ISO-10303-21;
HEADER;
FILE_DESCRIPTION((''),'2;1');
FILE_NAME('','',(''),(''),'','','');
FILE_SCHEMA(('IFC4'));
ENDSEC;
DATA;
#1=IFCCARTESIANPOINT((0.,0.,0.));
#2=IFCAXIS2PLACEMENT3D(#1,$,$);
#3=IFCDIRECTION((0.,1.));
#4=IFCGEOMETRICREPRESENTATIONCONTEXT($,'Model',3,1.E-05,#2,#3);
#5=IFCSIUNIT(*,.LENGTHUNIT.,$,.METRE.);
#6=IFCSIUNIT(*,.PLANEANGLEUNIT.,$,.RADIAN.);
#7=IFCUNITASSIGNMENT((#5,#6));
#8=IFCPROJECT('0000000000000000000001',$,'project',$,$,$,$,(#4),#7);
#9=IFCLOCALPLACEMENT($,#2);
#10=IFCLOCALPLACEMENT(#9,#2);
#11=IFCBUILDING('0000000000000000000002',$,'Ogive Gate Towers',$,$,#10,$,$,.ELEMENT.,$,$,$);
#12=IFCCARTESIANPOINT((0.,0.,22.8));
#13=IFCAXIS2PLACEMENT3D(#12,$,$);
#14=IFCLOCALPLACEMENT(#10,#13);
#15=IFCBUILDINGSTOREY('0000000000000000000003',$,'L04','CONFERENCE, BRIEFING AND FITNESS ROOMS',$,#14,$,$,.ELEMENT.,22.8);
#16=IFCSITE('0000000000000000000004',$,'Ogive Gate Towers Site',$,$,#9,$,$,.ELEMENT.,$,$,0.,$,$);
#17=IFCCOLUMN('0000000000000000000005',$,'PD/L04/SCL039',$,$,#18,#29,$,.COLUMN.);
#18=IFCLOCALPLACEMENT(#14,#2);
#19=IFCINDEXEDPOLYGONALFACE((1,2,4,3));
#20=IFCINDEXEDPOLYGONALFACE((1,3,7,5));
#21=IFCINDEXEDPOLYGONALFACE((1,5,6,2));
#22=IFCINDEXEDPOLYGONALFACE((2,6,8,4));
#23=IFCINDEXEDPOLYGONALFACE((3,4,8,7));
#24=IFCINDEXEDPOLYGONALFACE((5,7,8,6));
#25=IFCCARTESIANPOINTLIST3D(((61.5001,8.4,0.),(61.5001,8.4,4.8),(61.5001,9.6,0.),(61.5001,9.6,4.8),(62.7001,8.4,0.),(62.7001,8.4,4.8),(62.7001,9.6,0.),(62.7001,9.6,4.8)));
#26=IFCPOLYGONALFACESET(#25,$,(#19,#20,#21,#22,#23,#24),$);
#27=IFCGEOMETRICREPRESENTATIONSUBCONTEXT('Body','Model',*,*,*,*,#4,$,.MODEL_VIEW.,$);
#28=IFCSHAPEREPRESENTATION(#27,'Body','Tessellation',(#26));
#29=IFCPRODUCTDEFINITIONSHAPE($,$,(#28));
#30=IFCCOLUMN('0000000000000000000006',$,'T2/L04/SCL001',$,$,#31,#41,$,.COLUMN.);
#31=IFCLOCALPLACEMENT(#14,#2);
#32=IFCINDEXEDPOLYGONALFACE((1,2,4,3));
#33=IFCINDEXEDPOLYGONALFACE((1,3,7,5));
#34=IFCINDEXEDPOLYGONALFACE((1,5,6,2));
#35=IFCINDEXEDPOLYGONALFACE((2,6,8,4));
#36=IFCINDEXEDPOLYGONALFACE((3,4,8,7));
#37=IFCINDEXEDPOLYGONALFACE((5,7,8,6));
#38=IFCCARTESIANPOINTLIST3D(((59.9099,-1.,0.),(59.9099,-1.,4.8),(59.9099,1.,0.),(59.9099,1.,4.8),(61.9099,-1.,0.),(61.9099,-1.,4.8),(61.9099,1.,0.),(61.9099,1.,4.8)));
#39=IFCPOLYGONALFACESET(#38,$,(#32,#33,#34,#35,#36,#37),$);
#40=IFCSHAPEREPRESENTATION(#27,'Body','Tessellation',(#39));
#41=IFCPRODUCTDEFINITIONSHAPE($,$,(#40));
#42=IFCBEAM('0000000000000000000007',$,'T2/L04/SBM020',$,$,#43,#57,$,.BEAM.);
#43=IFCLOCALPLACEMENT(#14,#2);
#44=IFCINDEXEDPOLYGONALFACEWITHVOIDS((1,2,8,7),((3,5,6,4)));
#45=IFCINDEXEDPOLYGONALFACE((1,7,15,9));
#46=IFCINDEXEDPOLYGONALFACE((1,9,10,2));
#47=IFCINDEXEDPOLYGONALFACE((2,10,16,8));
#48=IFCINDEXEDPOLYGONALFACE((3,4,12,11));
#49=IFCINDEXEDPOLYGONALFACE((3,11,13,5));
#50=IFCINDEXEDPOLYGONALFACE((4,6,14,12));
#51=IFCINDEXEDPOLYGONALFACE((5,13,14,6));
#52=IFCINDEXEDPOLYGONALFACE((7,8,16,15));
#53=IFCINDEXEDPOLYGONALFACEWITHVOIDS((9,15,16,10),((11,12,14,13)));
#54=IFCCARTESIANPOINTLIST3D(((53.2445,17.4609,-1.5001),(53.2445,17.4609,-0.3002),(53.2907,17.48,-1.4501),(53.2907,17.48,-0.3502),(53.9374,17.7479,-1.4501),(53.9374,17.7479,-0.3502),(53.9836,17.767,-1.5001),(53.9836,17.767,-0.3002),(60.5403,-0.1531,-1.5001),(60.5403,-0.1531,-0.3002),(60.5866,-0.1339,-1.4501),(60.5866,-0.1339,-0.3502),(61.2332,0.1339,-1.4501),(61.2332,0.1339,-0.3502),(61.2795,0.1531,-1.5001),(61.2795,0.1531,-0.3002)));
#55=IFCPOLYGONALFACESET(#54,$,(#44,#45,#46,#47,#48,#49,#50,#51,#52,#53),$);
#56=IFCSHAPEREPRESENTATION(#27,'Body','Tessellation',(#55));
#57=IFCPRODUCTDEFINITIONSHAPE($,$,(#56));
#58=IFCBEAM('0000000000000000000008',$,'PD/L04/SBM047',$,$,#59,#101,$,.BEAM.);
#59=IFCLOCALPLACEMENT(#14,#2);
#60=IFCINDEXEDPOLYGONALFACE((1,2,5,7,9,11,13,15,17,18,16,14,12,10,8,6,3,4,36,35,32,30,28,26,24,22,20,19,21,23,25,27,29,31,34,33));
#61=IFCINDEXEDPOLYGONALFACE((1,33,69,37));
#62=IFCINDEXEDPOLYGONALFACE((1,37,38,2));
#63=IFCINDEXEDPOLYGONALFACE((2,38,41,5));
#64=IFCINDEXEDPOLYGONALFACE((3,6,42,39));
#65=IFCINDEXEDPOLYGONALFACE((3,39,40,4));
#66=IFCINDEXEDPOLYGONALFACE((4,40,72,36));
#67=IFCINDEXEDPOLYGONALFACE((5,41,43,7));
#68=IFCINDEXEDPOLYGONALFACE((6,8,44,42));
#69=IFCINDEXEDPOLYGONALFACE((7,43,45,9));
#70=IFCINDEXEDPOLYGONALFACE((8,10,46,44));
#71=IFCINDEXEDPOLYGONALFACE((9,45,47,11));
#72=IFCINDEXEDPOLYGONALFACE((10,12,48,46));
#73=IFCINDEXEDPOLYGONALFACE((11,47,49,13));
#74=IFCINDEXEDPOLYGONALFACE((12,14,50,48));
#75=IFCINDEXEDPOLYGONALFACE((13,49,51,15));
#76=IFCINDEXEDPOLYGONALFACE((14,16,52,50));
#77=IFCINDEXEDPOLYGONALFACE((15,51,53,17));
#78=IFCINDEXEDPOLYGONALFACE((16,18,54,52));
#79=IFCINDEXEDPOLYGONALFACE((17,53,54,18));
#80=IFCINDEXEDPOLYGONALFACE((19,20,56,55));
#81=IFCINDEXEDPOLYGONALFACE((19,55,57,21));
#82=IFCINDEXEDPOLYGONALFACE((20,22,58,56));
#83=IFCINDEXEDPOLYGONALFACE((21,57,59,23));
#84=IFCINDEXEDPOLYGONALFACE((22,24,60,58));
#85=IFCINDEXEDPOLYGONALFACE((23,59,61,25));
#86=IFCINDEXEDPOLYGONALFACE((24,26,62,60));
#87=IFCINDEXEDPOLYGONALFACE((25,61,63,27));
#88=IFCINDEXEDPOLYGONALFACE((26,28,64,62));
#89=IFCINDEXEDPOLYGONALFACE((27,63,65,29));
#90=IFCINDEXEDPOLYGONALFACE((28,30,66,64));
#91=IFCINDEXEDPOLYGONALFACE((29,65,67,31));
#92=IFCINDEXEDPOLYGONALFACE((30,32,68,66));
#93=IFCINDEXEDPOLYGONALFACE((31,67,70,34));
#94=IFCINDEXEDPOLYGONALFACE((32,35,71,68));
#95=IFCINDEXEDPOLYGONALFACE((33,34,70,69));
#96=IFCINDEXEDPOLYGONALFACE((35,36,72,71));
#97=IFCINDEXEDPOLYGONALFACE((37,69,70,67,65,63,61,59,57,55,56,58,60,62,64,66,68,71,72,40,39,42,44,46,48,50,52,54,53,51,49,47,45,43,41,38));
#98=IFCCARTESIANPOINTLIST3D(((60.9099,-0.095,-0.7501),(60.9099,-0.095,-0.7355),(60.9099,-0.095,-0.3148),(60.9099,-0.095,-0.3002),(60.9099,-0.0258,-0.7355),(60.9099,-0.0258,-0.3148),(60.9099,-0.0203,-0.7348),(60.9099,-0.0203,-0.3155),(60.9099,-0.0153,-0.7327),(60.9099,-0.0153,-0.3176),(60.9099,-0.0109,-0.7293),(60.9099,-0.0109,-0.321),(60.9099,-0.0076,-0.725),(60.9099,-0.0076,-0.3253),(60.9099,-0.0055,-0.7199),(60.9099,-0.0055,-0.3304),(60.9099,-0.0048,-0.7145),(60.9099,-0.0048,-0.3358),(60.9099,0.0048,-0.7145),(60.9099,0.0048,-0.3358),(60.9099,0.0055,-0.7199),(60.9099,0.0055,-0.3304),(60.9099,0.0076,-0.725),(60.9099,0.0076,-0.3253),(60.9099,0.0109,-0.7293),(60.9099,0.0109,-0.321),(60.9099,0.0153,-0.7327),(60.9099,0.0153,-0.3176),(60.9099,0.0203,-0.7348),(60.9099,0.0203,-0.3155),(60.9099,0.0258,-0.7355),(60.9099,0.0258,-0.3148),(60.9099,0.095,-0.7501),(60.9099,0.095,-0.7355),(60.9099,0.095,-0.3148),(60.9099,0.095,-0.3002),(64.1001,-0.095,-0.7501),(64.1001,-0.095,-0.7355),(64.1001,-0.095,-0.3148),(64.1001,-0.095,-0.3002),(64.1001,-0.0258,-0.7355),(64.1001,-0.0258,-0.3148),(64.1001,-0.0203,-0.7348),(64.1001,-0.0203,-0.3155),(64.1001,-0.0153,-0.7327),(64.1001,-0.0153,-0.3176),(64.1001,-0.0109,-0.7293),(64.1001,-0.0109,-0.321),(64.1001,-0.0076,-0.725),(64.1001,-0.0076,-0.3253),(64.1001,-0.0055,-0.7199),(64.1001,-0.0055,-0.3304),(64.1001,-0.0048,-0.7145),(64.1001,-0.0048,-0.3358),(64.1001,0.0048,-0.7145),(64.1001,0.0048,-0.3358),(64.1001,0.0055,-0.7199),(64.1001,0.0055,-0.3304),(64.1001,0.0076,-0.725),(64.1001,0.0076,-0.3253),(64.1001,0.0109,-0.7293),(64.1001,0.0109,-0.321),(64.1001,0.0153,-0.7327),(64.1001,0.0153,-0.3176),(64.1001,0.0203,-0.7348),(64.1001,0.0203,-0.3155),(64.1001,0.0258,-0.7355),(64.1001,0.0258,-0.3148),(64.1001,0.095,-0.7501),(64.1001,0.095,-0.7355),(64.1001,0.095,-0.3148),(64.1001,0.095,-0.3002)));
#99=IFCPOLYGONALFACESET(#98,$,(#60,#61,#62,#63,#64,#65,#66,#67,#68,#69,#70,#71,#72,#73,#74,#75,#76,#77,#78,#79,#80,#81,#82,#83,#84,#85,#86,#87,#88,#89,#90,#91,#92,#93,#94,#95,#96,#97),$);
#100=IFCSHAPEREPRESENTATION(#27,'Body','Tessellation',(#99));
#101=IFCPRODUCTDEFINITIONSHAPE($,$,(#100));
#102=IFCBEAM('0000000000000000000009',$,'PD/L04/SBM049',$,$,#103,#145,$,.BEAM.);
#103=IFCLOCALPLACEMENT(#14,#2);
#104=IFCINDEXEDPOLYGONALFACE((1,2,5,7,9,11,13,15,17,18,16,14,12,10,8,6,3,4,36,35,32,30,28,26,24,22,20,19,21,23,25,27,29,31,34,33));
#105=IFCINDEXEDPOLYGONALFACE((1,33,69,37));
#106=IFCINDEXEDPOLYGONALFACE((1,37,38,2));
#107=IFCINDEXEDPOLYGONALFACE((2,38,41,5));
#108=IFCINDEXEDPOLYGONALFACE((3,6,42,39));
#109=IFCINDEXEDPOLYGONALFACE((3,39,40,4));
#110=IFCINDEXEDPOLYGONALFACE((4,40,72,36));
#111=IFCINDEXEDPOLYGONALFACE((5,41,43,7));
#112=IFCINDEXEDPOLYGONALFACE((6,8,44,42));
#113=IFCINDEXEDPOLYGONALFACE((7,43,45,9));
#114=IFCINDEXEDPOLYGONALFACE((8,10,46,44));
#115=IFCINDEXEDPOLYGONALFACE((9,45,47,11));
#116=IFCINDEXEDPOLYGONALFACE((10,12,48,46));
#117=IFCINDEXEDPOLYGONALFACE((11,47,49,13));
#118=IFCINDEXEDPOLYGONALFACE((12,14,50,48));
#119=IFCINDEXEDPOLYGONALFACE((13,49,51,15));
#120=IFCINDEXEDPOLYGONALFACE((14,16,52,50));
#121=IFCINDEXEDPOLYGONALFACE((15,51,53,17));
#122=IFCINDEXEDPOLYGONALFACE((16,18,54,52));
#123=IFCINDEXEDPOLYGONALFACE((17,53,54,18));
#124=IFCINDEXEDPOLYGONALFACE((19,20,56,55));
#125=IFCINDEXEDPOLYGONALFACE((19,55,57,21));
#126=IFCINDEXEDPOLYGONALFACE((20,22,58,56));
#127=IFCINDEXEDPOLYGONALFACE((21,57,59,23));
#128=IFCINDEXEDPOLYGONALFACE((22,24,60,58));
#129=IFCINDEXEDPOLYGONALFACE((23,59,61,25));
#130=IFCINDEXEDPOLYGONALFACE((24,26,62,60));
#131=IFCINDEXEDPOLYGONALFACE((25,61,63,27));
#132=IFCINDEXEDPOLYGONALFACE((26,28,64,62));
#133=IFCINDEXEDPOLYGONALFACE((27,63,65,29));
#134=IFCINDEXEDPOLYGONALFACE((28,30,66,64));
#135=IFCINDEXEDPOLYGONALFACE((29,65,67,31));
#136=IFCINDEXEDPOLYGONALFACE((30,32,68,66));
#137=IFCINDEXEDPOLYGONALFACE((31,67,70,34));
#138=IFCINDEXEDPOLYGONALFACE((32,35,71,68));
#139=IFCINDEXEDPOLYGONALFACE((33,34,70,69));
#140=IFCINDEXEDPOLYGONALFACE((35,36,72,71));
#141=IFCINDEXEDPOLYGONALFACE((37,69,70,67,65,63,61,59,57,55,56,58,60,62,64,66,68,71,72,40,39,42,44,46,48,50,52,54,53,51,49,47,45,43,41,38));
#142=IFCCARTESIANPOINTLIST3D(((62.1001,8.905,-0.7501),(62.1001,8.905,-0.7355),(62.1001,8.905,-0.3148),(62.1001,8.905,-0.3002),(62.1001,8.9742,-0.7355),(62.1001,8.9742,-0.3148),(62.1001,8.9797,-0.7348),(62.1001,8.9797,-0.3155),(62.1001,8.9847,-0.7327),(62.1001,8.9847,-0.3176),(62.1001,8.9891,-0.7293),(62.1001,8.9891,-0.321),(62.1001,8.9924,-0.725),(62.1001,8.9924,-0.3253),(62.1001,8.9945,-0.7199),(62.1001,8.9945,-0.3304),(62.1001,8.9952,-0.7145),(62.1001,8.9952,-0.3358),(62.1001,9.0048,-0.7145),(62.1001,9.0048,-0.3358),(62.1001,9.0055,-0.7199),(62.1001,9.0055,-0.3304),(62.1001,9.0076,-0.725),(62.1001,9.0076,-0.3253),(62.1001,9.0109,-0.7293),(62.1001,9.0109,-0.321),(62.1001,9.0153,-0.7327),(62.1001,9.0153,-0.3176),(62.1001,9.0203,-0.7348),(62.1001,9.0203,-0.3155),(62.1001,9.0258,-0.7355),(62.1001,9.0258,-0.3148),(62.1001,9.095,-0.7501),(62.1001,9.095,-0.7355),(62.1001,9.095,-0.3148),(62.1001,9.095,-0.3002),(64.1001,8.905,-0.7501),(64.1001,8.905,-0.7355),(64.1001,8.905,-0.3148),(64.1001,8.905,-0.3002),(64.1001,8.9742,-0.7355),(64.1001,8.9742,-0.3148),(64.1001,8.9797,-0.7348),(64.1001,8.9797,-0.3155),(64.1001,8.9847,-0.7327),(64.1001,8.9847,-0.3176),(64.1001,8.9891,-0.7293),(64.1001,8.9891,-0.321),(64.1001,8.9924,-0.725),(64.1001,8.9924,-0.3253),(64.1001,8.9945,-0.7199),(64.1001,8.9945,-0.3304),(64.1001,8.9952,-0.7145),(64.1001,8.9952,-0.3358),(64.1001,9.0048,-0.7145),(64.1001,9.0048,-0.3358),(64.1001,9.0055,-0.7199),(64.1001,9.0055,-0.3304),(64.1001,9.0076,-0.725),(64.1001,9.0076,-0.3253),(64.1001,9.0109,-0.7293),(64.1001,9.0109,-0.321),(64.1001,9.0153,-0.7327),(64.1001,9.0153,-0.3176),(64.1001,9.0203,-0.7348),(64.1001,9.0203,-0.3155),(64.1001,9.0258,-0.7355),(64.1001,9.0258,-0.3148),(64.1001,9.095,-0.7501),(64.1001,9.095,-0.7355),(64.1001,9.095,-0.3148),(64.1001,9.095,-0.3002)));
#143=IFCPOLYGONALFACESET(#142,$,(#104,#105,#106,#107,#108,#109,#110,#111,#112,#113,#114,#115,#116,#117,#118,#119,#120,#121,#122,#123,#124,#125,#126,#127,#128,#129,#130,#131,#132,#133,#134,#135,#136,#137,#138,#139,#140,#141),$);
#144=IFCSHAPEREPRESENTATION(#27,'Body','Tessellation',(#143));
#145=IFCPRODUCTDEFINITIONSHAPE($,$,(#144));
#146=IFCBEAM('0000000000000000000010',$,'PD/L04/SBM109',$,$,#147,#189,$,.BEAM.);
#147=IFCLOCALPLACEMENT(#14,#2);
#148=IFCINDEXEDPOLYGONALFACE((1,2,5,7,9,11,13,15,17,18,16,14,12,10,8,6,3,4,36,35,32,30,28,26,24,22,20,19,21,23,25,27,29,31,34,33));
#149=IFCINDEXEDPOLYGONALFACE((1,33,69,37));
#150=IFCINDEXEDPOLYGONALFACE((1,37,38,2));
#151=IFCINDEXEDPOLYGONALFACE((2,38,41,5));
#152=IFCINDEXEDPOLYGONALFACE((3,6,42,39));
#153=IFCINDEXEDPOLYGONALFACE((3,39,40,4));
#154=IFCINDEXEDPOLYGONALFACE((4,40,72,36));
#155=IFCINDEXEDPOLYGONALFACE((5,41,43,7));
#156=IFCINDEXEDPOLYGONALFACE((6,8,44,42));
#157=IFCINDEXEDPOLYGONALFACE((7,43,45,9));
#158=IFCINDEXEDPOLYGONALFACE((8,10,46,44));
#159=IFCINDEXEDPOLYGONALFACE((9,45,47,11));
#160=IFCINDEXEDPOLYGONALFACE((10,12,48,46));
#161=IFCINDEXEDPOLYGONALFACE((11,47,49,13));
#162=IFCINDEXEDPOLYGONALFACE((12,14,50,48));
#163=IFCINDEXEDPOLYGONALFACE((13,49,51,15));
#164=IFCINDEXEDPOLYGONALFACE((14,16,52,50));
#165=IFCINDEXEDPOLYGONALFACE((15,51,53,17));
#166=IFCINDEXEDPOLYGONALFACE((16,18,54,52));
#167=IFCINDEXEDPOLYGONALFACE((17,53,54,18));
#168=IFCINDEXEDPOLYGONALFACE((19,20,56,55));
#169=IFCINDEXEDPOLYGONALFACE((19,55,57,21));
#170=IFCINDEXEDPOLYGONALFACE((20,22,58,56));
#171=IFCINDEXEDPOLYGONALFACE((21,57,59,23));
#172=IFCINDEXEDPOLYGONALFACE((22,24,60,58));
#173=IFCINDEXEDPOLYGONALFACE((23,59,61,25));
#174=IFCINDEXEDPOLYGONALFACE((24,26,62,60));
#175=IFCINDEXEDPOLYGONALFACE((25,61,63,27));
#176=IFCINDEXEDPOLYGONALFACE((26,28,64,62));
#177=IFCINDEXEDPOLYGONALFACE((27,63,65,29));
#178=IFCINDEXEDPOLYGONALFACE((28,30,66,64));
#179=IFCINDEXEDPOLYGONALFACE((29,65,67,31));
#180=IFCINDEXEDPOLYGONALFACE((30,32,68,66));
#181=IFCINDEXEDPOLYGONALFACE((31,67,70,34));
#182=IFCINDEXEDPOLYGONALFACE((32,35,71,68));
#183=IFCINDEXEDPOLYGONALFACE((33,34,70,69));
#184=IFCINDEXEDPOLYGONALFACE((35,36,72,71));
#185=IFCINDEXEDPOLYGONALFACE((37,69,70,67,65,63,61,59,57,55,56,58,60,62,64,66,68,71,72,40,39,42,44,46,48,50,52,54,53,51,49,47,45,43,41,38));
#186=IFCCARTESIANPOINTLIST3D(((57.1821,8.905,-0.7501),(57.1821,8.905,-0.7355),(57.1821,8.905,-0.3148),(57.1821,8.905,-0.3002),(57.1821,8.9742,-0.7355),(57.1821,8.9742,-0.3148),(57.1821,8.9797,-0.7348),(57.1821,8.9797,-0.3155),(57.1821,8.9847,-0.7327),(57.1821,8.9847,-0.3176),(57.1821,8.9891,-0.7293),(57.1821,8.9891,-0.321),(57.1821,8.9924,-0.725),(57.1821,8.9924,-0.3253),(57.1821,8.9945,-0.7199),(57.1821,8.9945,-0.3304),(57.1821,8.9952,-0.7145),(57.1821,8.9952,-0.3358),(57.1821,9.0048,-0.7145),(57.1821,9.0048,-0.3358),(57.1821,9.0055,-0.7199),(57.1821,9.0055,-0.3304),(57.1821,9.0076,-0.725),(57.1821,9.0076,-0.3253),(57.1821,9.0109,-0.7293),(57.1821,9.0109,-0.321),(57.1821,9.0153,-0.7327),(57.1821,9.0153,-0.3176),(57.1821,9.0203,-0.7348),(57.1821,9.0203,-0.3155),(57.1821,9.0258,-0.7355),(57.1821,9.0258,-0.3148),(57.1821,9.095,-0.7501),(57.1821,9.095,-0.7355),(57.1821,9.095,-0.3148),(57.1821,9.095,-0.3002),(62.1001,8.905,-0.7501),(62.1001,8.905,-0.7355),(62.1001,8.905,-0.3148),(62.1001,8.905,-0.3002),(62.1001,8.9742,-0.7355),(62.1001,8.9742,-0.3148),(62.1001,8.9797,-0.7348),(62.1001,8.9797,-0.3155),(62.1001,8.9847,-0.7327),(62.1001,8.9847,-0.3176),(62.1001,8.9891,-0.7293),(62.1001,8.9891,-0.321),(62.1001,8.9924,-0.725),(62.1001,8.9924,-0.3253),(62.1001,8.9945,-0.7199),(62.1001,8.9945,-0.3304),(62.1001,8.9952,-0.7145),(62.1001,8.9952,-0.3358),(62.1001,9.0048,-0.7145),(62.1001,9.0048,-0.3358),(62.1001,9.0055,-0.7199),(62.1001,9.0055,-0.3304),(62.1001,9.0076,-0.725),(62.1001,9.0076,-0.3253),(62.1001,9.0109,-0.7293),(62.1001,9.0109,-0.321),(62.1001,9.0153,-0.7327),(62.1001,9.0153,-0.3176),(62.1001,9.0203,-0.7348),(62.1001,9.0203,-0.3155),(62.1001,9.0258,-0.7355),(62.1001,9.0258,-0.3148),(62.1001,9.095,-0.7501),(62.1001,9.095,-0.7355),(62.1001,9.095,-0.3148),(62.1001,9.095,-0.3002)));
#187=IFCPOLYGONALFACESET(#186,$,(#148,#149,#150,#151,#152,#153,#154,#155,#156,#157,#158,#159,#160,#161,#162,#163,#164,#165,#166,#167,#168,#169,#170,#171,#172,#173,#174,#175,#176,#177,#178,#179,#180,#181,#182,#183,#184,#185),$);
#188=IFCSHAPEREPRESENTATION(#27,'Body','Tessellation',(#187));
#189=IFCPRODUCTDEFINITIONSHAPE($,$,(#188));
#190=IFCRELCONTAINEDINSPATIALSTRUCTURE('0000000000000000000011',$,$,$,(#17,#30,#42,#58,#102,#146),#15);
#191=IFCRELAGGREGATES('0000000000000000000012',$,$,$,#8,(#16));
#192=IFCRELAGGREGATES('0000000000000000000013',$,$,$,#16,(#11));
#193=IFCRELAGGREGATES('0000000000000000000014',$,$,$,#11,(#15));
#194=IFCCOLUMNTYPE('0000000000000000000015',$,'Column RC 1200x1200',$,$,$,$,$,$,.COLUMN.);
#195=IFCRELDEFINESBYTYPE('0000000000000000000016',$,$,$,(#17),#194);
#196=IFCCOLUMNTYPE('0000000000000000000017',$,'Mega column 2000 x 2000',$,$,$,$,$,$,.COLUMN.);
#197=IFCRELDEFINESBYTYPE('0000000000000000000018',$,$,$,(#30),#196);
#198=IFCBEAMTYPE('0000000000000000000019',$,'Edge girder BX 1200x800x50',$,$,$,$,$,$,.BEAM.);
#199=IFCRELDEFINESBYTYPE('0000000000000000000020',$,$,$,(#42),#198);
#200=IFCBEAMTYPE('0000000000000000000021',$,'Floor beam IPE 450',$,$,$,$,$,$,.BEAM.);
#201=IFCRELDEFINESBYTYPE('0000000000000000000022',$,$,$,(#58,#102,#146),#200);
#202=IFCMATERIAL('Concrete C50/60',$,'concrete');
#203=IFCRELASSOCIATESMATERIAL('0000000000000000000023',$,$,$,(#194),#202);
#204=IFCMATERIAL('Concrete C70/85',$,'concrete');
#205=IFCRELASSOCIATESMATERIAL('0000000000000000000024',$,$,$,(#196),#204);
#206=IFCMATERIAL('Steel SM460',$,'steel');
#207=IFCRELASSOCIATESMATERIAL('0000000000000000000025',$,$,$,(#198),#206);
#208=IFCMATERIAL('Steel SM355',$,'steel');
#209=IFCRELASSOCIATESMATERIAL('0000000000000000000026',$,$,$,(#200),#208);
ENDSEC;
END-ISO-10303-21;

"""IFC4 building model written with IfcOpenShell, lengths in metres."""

from ifc_helpers import new_model, si_unit, direction, frame, origin, origin_2d, place, context, subcontext, project, spatial, rectangle, hollow_rectangle, i_section, extrude, material, material_profile, profile_set, type_object, element, save


model = new_model("IFC4")

# Units and contexts
model_context = context("Model", 3, precision=1e-05, world=origin(), true_north=direction((0.0, 1.0)))
body_context = subcontext(model_context, "Body", "Model", "MODEL_VIEW")
ifc_project = project(units=[si_unit("LENGTHUNIT", "METRE"), si_unit("PLANEANGLEUNIT", "RADIAN")], contexts=[model_context])

# Site, building, storey
site_placement = place(None, origin())
site = spatial("IfcSite", under=ifc_project, at=site_placement, Name="Ogive Gate Towers Site", CompositionType="ELEMENT", RefElevation=0.0)
building_placement = place(site_placement, origin())
building = spatial("IfcBuilding", under=site, at=building_placement, Name="Ogive Gate Towers", CompositionType="ELEMENT")
storey_placement = place(building_placement, frame((0.0, 0.0, 22.8)))
storey = spatial("IfcBuildingStorey", under=building, at=storey_placement, Name="L04", Description="CONFERENCE, BRIEFING AND FITNESS ROOMS", CompositionType="ELEMENT", Elevation=22.8)

# Columns
ifc_material_1 = material(Name="Concrete C50/60", Category="concrete")
ifc_material_profile_1 = material_profile(ifc_material_1, rectangle(XDim=1.2, YDim=1.2, at=origin_2d()), Name="RC 1200x1200")
ifc_profile_set_1 = profile_set([ifc_material_profile_1], Name="Concrete C50/60")
column_type_1 = type_object("IfcColumnType", Name="Column RC 1200x1200", PredefinedType="COLUMN", material=ifc_profile_set_1)
column_1_placement = place(storey_placement, frame((62.1001, 9.0, 0.0), z_axis=(0.0, 0.0, 1.0), x_axis=(1.0, 0.0, 0.0)))
element("IfcColumn", 1, at=column_1_placement, inside=storey, type_object=column_type_1, Name="PD/L04/SCL039", PredefinedType="COLUMN", context=body_context, shape_type="SweptSolid", body=[
    extrude(rectangle(XDim=1.2, YDim=1.2, at=origin_2d()), origin(), (0.0, 0.0, 1.0), 4.8),
])
ifc_material_2 = material(Name="Concrete C70/85", Category="concrete")
ifc_material_profile_2 = material_profile(ifc_material_2, rectangle(XDim=2.0, YDim=2.0, at=origin_2d()), Name="RC 2000x2000")
ifc_profile_set_2 = profile_set([ifc_material_profile_2], Name="Concrete C70/85")
column_type_2 = type_object("IfcColumnType", Name="Mega column 2000 x 2000", PredefinedType="COLUMN", material=ifc_profile_set_2)
column_2_placement = place(storey_placement, frame((60.9099, 0.0, 0.0), z_axis=(0.0, 0.0, 1.0), x_axis=(1.0, 0.0, 0.0)))
element("IfcColumn", 2, at=column_2_placement, inside=storey, type_object=column_type_2, Name="T2/L04/SCL001", PredefinedType="COLUMN", context=body_context, shape_type="SweptSolid", body=[
    extrude(rectangle(XDim=2.0, YDim=2.0, at=origin_2d()), origin(), (0.0, 0.0, 1.0), 4.8),
])

# Beams
ifc_material_3 = material(Name="Steel SM460", Category="steel")
ifc_material_profile_3 = material_profile(ifc_material_3, hollow_rectangle(XDim=0.8, YDim=1.2, WallThickness=0.05, at=origin_2d()), Name="BX 1200x800x50")
ifc_profile_set_3 = profile_set([ifc_material_profile_3], Name="Steel SM460")
beam_type_1 = type_object("IfcBeamType", Name="Edge girder BX 1200x800x50", PredefinedType="BEAM", material=ifc_profile_set_3)
beam_1_placement = place(storey_placement, frame((60.9099, 0.0, -0.9001), z_axis=(-0.382681, 0.923881, 0.0), x_axis=(-0.923881, -0.382681, 0.0)))
element("IfcBeam", 3, at=beam_1_placement, inside=storey, type_object=beam_type_1, Name="T2/L04/SBM020", PredefinedType="BEAM", context=body_context, shape_type="SweptSolid", body=[
    extrude(hollow_rectangle(XDim=0.8, YDim=1.2, WallThickness=0.05, at=origin_2d()), origin(), (0.0, 0.0, 1.0), 19.0652),
])
ifc_material_4 = material(Name="Steel SM355", Category="steel")
ifc_material_profile_4 = material_profile(ifc_material_4, i_section(OverallWidth=0.1899, OverallDepth=0.45, WebThickness=0.0095, FlangeThickness=0.0146, FilletRadius=0.021, at=origin_2d()), Name="IPE 450")
ifc_profile_set_4 = profile_set([ifc_material_profile_4], Name="Steel SM355")
beam_type_2 = type_object("IfcBeamType", Name="Floor beam IPE 450", PredefinedType="BEAM", material=ifc_profile_set_4)
beam_2_placement = place(storey_placement, frame((60.9099, 0.0, -0.5251), z_axis=(1.0, 0.0, 0.0), x_axis=(0.0, 1.0, 0.0)))
element("IfcBeam", 4, at=beam_2_placement, inside=storey, type_object=beam_type_2, Name="PD/L04/SBM047", PredefinedType="BEAM", context=body_context, shape_type="SweptSolid", body=[
    extrude(i_section(OverallWidth=0.1899, OverallDepth=0.45, WebThickness=0.0095, FlangeThickness=0.0146, FilletRadius=0.021, at=origin_2d()), origin(), (0.0, 0.0, 1.0), 3.1902),
])
beam_3_placement = place(storey_placement, frame((62.1001, 9.0, -0.5251), z_axis=(1.0, 0.0, 0.0), x_axis=(0.0, 1.0, 0.0)))
element("IfcBeam", 5, at=beam_3_placement, inside=storey, type_object=beam_type_2, Name="PD/L04/SBM049", PredefinedType="BEAM", context=body_context, shape_type="SweptSolid", body=[
    extrude(i_section(OverallWidth=0.1899, OverallDepth=0.45, WebThickness=0.0095, FlangeThickness=0.0146, FilletRadius=0.021, at=origin_2d()), origin(), (0.0, 0.0, 1.0), 2.0),
])
beam_4_placement = place(storey_placement, frame((62.1001, 9.0, -0.5251), z_axis=(-1.0, 0.0, 0.0), x_axis=(0.0, -1.0, 0.0)))
element("IfcBeam", 6, at=beam_4_placement, inside=storey, type_object=beam_type_2, Name="PD/L04/SBM109", PredefinedType="BEAM", context=body_context, shape_type="SweptSolid", body=[
    extrude(i_section(OverallWidth=0.1899, OverallDepth=0.45, WebThickness=0.0095, FlangeThickness=0.0146, FilletRadius=0.021, at=origin_2d()), origin(), (0.0, 0.0, 1.0), 4.918),
])

save(model, "model.ifc")
